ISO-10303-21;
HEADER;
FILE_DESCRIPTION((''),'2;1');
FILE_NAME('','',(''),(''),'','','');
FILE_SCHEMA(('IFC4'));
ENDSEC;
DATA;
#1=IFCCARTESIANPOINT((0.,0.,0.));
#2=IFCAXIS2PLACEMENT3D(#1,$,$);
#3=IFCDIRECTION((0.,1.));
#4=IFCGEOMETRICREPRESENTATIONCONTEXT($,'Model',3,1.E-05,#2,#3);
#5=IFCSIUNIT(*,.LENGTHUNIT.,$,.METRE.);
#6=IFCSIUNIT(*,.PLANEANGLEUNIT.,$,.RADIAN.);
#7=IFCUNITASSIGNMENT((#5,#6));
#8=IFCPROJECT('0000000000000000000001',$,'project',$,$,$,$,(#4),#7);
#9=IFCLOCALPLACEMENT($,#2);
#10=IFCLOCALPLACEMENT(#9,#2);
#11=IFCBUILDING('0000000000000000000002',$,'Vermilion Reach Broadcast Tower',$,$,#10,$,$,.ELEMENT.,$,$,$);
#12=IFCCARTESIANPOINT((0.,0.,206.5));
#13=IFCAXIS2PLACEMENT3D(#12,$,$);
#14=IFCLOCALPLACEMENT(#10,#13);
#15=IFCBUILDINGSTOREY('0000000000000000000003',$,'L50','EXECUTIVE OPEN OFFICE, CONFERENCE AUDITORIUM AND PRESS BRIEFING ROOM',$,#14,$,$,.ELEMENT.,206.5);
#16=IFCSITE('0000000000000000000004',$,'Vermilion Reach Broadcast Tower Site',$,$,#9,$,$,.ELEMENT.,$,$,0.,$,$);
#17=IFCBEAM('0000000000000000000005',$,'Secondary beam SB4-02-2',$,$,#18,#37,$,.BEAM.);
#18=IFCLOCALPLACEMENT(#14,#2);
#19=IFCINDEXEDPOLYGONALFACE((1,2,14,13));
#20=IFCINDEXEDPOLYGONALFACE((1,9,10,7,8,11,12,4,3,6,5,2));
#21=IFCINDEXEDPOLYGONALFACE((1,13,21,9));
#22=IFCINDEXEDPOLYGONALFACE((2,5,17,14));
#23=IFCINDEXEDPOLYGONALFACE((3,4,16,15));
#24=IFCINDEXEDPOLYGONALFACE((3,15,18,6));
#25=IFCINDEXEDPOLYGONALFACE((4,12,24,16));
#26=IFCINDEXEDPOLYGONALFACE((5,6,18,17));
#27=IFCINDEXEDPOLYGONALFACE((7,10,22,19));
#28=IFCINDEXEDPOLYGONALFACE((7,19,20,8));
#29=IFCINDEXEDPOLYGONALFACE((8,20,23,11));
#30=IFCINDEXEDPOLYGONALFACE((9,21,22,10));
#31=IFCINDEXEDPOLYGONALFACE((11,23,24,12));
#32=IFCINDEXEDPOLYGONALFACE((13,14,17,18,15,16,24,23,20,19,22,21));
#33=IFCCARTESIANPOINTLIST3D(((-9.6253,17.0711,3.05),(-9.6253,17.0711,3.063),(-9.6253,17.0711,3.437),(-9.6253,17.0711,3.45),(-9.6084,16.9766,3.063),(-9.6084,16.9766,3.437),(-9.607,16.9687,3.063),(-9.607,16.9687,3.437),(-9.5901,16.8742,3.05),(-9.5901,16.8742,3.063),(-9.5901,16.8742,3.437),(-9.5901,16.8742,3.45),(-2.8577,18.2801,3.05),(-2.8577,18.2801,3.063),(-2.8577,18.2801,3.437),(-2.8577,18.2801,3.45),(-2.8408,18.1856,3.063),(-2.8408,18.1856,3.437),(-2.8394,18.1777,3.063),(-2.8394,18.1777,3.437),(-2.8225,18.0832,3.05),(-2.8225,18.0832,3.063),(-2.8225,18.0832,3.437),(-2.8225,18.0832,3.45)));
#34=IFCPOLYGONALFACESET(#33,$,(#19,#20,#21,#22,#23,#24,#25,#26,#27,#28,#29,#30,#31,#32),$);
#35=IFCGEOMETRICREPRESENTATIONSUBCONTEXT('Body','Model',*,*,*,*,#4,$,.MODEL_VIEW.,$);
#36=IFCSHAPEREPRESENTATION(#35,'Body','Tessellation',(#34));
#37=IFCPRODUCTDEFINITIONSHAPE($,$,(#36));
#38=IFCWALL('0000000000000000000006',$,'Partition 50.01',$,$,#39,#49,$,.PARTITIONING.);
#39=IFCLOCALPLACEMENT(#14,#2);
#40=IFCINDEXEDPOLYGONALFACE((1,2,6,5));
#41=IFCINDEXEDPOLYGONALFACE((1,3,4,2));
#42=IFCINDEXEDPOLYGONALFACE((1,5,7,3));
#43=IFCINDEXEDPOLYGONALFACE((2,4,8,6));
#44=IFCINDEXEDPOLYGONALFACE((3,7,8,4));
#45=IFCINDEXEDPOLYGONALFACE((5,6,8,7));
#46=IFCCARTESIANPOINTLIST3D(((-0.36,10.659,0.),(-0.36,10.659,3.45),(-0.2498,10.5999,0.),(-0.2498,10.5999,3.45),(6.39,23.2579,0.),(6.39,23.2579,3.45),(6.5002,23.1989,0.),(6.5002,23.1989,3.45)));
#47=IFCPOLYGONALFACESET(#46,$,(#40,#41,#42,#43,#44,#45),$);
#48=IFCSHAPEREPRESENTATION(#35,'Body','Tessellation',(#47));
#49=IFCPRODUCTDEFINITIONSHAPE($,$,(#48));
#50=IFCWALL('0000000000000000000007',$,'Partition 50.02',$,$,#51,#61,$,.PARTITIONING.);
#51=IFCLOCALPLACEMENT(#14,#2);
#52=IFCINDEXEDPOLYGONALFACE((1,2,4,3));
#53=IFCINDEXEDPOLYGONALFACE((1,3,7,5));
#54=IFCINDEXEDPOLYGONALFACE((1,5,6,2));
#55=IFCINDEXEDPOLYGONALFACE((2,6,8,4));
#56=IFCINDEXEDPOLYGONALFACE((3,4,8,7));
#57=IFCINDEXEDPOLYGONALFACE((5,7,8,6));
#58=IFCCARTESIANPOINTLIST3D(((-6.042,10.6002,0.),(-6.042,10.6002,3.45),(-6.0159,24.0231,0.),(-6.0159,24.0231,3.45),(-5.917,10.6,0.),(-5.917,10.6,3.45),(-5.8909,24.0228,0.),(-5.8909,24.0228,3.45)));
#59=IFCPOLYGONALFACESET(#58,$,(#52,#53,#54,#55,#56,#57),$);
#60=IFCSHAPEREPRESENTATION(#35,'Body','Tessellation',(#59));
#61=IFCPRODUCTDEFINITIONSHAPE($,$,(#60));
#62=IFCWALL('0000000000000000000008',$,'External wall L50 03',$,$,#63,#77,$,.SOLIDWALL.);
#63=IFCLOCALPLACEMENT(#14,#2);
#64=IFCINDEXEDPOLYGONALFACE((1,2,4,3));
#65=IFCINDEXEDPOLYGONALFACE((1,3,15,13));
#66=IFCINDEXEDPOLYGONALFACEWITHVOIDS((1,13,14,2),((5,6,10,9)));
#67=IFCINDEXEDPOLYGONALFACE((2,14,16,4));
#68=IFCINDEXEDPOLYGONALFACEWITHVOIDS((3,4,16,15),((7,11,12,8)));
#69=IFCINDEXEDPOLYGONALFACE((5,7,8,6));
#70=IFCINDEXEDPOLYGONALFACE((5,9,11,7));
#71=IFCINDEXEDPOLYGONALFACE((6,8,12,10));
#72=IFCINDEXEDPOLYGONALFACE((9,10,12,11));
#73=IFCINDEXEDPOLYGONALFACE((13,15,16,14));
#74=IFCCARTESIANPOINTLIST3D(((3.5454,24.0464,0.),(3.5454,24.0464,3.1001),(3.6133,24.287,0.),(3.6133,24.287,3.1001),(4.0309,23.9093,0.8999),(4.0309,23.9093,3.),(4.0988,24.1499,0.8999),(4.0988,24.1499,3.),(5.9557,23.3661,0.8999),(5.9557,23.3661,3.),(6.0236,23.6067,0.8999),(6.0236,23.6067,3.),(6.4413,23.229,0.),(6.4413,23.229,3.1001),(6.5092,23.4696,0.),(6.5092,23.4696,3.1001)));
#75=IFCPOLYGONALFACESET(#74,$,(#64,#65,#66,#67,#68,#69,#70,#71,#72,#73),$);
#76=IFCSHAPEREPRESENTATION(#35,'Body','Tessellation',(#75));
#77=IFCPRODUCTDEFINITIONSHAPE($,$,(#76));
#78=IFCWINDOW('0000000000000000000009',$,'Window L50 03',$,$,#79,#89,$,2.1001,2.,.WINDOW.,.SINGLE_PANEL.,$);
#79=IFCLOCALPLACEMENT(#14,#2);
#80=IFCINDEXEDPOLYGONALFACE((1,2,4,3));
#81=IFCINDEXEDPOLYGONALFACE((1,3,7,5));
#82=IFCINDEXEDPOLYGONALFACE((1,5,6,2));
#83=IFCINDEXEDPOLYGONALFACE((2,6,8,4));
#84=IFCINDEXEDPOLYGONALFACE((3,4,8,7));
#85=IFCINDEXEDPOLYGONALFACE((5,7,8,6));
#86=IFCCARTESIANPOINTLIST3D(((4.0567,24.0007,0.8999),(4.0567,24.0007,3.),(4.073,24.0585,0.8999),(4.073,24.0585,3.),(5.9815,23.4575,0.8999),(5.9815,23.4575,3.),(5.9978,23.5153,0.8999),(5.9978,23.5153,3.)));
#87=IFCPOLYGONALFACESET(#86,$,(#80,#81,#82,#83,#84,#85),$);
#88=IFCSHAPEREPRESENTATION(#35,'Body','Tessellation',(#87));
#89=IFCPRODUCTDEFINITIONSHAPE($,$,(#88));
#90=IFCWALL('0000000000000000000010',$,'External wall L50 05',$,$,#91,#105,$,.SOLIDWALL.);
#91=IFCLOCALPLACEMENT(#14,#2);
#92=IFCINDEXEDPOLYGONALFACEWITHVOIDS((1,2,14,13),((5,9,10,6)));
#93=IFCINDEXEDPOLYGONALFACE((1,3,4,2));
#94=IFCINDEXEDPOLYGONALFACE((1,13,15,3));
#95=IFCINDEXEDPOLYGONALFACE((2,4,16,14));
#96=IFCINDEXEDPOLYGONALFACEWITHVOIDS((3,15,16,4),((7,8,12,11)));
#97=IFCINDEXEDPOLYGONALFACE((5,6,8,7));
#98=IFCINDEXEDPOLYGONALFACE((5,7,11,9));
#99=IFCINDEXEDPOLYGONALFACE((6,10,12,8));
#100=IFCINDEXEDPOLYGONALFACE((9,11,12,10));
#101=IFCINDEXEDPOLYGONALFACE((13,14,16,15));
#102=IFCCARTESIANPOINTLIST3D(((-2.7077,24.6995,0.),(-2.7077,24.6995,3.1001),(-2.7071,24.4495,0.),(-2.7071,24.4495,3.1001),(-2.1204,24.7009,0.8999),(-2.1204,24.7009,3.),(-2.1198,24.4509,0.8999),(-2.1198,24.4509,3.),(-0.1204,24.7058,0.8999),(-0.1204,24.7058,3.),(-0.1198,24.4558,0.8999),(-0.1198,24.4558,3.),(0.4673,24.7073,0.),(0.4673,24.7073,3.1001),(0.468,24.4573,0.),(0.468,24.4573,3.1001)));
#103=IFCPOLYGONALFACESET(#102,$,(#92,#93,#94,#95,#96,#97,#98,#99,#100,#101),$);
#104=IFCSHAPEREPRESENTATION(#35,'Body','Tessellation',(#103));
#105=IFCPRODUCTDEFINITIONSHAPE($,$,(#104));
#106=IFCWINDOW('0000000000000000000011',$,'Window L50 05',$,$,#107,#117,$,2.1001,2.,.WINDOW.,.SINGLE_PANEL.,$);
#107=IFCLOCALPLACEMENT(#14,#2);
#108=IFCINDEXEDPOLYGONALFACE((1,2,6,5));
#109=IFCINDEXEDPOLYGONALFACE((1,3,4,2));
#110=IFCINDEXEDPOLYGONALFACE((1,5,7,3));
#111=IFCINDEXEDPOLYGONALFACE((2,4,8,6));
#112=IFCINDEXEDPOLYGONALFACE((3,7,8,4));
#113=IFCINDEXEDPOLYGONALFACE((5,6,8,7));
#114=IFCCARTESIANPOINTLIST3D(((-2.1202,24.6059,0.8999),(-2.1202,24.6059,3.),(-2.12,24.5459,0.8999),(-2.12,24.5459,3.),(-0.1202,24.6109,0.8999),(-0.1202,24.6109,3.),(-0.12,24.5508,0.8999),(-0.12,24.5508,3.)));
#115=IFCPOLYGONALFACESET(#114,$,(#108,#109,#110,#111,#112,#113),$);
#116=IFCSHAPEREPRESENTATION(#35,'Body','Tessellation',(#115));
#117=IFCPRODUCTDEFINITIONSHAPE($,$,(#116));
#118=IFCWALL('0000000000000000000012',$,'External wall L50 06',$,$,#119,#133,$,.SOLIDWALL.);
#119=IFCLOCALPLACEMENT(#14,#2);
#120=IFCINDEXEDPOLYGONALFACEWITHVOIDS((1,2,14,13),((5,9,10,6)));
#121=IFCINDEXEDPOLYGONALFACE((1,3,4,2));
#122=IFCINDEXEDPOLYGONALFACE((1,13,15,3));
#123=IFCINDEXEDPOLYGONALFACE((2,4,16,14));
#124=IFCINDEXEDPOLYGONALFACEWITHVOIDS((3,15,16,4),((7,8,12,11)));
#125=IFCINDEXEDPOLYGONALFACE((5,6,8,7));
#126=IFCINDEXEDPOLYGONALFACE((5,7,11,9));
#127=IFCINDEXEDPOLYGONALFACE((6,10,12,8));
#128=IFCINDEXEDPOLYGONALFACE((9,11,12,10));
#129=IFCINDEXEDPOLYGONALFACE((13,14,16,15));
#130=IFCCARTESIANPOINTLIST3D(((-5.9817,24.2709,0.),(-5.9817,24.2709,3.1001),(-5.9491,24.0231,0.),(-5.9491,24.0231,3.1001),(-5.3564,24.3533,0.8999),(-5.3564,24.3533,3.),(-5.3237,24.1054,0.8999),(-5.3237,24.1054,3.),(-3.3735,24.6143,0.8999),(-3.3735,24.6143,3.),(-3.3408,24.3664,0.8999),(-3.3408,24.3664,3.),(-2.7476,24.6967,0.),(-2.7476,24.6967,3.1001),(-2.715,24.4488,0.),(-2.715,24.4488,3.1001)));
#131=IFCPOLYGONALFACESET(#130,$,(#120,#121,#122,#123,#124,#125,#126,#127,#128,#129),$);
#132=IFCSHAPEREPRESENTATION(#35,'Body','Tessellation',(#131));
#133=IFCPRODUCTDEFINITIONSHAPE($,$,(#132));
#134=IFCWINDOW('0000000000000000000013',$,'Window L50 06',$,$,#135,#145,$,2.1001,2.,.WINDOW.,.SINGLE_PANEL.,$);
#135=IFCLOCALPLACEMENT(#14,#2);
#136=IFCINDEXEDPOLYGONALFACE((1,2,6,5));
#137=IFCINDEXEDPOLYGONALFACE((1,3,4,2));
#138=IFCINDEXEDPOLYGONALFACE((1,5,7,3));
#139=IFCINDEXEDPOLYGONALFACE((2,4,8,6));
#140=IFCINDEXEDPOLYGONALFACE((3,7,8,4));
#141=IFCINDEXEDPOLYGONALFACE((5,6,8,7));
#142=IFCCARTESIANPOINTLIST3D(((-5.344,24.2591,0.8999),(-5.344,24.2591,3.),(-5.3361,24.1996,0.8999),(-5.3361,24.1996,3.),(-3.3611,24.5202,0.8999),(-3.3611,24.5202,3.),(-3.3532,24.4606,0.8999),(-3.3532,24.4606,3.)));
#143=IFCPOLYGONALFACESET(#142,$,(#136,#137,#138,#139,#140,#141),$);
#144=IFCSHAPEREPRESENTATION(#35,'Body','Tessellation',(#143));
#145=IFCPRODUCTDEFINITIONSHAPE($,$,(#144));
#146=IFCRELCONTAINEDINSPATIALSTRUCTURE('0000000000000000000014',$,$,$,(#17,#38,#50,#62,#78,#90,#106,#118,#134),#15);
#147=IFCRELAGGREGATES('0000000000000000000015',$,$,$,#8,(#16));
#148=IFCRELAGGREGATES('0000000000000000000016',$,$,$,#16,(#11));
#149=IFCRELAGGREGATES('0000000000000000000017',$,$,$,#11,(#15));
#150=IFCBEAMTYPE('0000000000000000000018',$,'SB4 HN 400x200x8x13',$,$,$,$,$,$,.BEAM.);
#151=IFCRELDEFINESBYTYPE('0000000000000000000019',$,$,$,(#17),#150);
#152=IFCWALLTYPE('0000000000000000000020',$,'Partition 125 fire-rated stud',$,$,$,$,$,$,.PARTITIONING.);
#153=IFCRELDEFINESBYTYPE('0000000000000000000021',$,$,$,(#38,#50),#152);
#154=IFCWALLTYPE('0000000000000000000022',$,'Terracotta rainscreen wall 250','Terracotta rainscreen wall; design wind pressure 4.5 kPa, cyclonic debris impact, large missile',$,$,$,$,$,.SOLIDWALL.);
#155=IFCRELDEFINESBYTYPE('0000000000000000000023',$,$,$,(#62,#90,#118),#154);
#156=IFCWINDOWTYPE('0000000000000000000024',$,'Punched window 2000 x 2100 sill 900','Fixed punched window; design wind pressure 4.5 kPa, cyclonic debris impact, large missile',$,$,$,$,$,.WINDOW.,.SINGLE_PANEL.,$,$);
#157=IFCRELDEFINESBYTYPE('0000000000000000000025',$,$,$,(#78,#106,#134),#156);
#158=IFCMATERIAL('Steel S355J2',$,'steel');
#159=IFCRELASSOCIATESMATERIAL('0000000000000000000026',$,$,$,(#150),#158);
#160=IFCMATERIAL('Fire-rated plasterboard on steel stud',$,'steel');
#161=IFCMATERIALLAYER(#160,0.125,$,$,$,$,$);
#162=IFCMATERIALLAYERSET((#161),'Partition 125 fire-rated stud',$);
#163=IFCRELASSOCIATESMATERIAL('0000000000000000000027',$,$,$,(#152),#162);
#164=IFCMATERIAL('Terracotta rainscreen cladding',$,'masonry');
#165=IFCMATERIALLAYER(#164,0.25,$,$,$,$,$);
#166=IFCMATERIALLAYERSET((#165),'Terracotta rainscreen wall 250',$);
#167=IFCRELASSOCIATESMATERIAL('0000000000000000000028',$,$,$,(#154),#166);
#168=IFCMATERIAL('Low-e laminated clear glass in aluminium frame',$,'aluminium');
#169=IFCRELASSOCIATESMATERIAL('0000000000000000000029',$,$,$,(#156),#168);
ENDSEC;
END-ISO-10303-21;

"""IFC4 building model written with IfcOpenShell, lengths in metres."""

from ifc_helpers import new_model, si_unit, direction, frame, frame_2d, origin, origin_2d, place, context, subcontext, project, spatial, rectangle, i_section, extrude, material, layer, layer_set, material_profile, profile_set, type_object, element, fill, save


model = new_model("IFC4")

# Units and contexts
model_context = context("Model", 3, precision=1e-05, world=origin(), true_north=direction((0.0, 1.0)))
body_context = subcontext(model_context, "Body", "Model", "MODEL_VIEW")
ifc_project = project(units=[si_unit("LENGTHUNIT", "METRE"), si_unit("PLANEANGLEUNIT", "RADIAN")], contexts=[model_context])

# Site, building, storey
site_placement = place(None, origin())
site = spatial("IfcSite", under=ifc_project, at=site_placement, Name="Vermilion Reach Broadcast Tower Site", CompositionType="ELEMENT", RefElevation=0.0)
building_placement = place(site_placement, origin())
building = spatial("IfcBuilding", under=site, at=building_placement, Name="Vermilion Reach Broadcast Tower", CompositionType="ELEMENT")
storey_placement = place(building_placement, frame((0.0, 0.0, 206.5)))
storey = spatial("IfcBuildingStorey", under=building, at=storey_placement, Name="L50", Description="EXECUTIVE OPEN OFFICE, CONFERENCE AUDITORIUM AND PRESS BRIEFING ROOM", CompositionType="ELEMENT", Elevation=206.5)

# Beam
ifc_material_1 = material(Name="Steel S355J2", Category="steel")
ifc_material_profile_1 = material_profile(ifc_material_1, i_section(OverallWidth=0.2, OverallDepth=0.3999, WebThickness=0.0081, FlangeThickness=0.0129, at=origin_2d()), Name="S355J2 HN 400x200x8x13")
ifc_profile_set_1 = profile_set([ifc_material_profile_1], Name="Steel S355J2")
beam_type_1 = type_object("IfcBeamType", Name="SB4 HN 400x200x8x13", PredefinedType="BEAM", material=ifc_profile_set_1)
beam_1_placement = place(storey_placement, frame((-2.8401, 18.1816, 3.25), z_axis=(-0.984415, -0.175859, 0.0), x_axis=(0.175859, -0.984415, 0.0)))
element("IfcBeam", 1, at=beam_1_placement, inside=storey, type_object=beam_type_1, Name="Secondary beam SB4-02-2", PredefinedType="BEAM", context=body_context, shape_type="SweptSolid", body=[
    extrude(i_section(OverallWidth=0.2, OverallDepth=0.3999, WebThickness=0.0081, FlangeThickness=0.0129, at=origin_2d()), origin(), (0.0, 0.0, 1.0), 6.8748),
])

# Walls
ifc_material_2 = material(Name="Fire-rated plasterboard on steel stud", Category="steel")
ifc_layer_1 = layer(ifc_material_2, 0.125)
ifc_layer_set_1 = layer_set([ifc_layer_1], Name="Partition 125 fire-rated stud")
wall_type_1 = type_object("IfcWallType", Name="Partition 125 fire-rated stud", PredefinedType="PARTITIONING", material=ifc_layer_set_1)
wall_1_placement = place(storey_placement, frame((6.4451, 23.2283, 0.0), z_axis=(0.0, 0.0, 1.0), x_axis=(-0.472254, -0.881462, 0.0)))
element("IfcWall", 2, at=wall_1_placement, inside=storey, type_object=wall_type_1, Name="Partition 50.01", PredefinedType="PARTITIONING", context=body_context, shape_type="SweptSolid", body=[
    extrude(rectangle(XDim=14.2932, YDim=0.125, at=frame_2d((7.1465, 0.0))), origin(), (0.0, 0.0, 1.0), 3.45),
])
wall_2_placement = place(storey_placement, frame((-5.9534, 24.0229, 0.0), z_axis=(0.0, 0.0, 1.0), x_axis=(-0.001946, -0.999998, 0.0)))
element("IfcWall", 3, at=wall_2_placement, inside=storey, type_object=wall_type_1, Name="Partition 50.02", PredefinedType="PARTITIONING", context=body_context, shape_type="SweptSolid", body=[
    extrude(rectangle(XDim=13.4229, YDim=0.125, at=frame_2d((6.7114, 0.0))), origin(), (0.0, 0.0, 1.0), 3.45),
])

# Wall, opening, window
ifc_material_3 = material(Name="Terracotta rainscreen cladding", Category="masonry")
ifc_layer_2 = layer(ifc_material_3, 0.25)
ifc_layer_set_2 = layer_set([ifc_layer_2], Name="Terracotta rainscreen wall 250")
wall_type_2 = type_object("IfcWallType", Name="Terracotta rainscreen wall 250", Description="Terracotta rainscreen wall; design wind pressure 4.5 kPa, cyclonic debris impact, large missile", PredefinedType="SOLIDWALL", material=ifc_layer_set_2)
wall_3_placement = place(storey_placement, frame((6.4751, 23.3494, 0.0), z_axis=(0.0, 0.0, 1.0), x_axis=(-0.962401, 0.271634, 0.0)))
wall_3 = element("IfcWall", 4, at=wall_3_placement, inside=storey, type_object=wall_type_2, Name="External wall L50 03", PredefinedType="SOLIDWALL", context=body_context, shape_type="SweptSolid", body=[
    extrude(rectangle(XDim=3.009, YDim=0.25, at=frame_2d((1.5044, 0.0))), origin(), (0.0, 0.0, 1.0), 3.1001),
])
opening_1_placement = place(wall_3_placement, frame((0.5044, 0.0, 0.8999)))
opening_1 = element("IfcOpeningElement", 5, at=opening_1_placement, cuts=wall_3, PredefinedType="OPENING", context=body_context, shape_type="SweptSolid", body=[
    extrude(rectangle(XDim=2.0, YDim=2.1001, at=frame_2d((1.0, 1.05))), frame((0.0, 0.135, 0.0), z_axis=(0.0, -1.0, 0.0), x_axis=(1.0, 0.0, 0.0)), (0.0, 0.0, 1.0), 0.27),
])
ifc_material_4 = material(Name="Low-e laminated clear glass in aluminium frame", Category="aluminium")
window_type = type_object("IfcWindowType", Name="Punched window 2000 x 2100 sill 900", Description="Fixed punched window; design wind pressure 4.5 kPa, cyclonic debris impact, large missile", PartitioningType="SINGLE_PANEL", PredefinedType="WINDOW", material=ifc_material_4)
window_1_placement = place(opening_1_placement, origin())
window_1 = element("IfcWindow", 6, at=window_1_placement, inside=storey, type_object=window_type, Name="Window L50 03", OverallHeight=2.1001, OverallWidth=2.0, PartitioningType="SINGLE_PANEL", PredefinedType="WINDOW", context=body_context, shape_type="SweptSolid", body=[
    extrude(rectangle(XDim=2.0, YDim=2.1001, at=frame_2d((1.0, 1.05))), frame((0.0, 0.03, 0.0), z_axis=(0.0, -1.0, 0.0), x_axis=(1.0, 0.0, 0.0)), (0.0, 0.0, 1.0), 0.0601),
])
fill(opening_1, window_1)

# Walls, openings, windows
wall_4_placement = place(storey_placement, frame((0.4675, 24.5823, 0.0), z_axis=(0.0, 0.0, 1.0), x_axis=(-0.999997, -0.002461, 0.0)))
wall_4 = element("IfcWall", 7, at=wall_4_placement, inside=storey, type_object=wall_type_2, Name="External wall L50 05", PredefinedType="SOLIDWALL", context=body_context, shape_type="SweptSolid", body=[
    extrude(rectangle(XDim=3.175, YDim=0.25, at=frame_2d((1.5874, 0.0))), origin(), (0.0, 0.0, 1.0), 3.1001),
])
opening_2_placement = place(wall_4_placement, frame((0.5876, 0.0, 0.8999)))
opening_2 = element("IfcOpeningElement", 8, at=opening_2_placement, cuts=wall_4, PredefinedType="OPENING", context=body_context, shape_type="SweptSolid", body=[
    extrude(rectangle(XDim=2.0, YDim=2.1001, at=frame_2d((1.0, 1.05))), frame((0.0, 0.135, 0.0), z_axis=(0.0, -1.0, 0.0), x_axis=(1.0, 0.0, 0.0)), (0.0, 0.0, 1.0), 0.27),
])
window_2_placement = place(opening_2_placement, origin())
window_2 = element("IfcWindow", 9, at=window_2_placement, inside=storey, type_object=window_type, Name="Window L50 05", OverallHeight=2.1001, OverallWidth=2.0, PartitioningType="SINGLE_PANEL", PredefinedType="WINDOW", context=body_context, shape_type="SweptSolid", body=[
    extrude(rectangle(XDim=2.0, YDim=2.1001, at=frame_2d((1.0, 1.05))), frame((0.0, 0.03, 0.0), z_axis=(0.0, -1.0, 0.0), x_axis=(1.0, 0.0, 0.0)), (0.0, 0.0, 1.0), 0.0601),
])
fill(opening_2, window_2)
wall_5_placement = place(storey_placement, frame((-2.7314, 24.5728, 0.0), z_axis=(0.0, 0.0, 1.0), x_axis=(-0.991445, -0.130526, 0.0)))
wall_5 = element("IfcWall", 10, at=wall_5_placement, inside=storey, type_object=wall_type_2, Name="External wall L50 06", PredefinedType="SOLIDWALL", context=body_context, shape_type="SweptSolid", body=[
    extrude(rectangle(XDim=3.262, YDim=0.25, at=frame_2d((1.6309, 0.0))), origin(), (0.0, 0.0, 1.0), 3.1001),
])
opening_3_placement = place(wall_5_placement, frame((0.6311, 0.0, 0.8999)))
opening_3 = element("IfcOpeningElement", 11, at=opening_3_placement, cuts=wall_5, PredefinedType="OPENING", context=body_context, shape_type="SweptSolid", body=[
    extrude(rectangle(XDim=2.0, YDim=2.1001, at=frame_2d((1.0, 1.05))), frame((0.0, 0.135, 0.0), z_axis=(0.0, -1.0, 0.0), x_axis=(1.0, 0.0, 0.0)), (0.0, 0.0, 1.0), 0.27),
])
window_3_placement = place(opening_3_placement, origin())
window_3 = element("IfcWindow", 12, at=window_3_placement, inside=storey, type_object=window_type, Name="Window L50 06", OverallHeight=2.1001, OverallWidth=2.0, PartitioningType="SINGLE_PANEL", PredefinedType="WINDOW", context=body_context, shape_type="SweptSolid", body=[
    extrude(rectangle(XDim=2.0, YDim=2.1001, at=frame_2d((1.0, 1.05))), frame((0.0, 0.03, 0.0), z_axis=(0.0, -1.0, 0.0), x_axis=(1.0, 0.0, 0.0)), (0.0, 0.0, 1.0), 0.0601),
])
fill(opening_3, window_3)

save(model, "model.ifc")
